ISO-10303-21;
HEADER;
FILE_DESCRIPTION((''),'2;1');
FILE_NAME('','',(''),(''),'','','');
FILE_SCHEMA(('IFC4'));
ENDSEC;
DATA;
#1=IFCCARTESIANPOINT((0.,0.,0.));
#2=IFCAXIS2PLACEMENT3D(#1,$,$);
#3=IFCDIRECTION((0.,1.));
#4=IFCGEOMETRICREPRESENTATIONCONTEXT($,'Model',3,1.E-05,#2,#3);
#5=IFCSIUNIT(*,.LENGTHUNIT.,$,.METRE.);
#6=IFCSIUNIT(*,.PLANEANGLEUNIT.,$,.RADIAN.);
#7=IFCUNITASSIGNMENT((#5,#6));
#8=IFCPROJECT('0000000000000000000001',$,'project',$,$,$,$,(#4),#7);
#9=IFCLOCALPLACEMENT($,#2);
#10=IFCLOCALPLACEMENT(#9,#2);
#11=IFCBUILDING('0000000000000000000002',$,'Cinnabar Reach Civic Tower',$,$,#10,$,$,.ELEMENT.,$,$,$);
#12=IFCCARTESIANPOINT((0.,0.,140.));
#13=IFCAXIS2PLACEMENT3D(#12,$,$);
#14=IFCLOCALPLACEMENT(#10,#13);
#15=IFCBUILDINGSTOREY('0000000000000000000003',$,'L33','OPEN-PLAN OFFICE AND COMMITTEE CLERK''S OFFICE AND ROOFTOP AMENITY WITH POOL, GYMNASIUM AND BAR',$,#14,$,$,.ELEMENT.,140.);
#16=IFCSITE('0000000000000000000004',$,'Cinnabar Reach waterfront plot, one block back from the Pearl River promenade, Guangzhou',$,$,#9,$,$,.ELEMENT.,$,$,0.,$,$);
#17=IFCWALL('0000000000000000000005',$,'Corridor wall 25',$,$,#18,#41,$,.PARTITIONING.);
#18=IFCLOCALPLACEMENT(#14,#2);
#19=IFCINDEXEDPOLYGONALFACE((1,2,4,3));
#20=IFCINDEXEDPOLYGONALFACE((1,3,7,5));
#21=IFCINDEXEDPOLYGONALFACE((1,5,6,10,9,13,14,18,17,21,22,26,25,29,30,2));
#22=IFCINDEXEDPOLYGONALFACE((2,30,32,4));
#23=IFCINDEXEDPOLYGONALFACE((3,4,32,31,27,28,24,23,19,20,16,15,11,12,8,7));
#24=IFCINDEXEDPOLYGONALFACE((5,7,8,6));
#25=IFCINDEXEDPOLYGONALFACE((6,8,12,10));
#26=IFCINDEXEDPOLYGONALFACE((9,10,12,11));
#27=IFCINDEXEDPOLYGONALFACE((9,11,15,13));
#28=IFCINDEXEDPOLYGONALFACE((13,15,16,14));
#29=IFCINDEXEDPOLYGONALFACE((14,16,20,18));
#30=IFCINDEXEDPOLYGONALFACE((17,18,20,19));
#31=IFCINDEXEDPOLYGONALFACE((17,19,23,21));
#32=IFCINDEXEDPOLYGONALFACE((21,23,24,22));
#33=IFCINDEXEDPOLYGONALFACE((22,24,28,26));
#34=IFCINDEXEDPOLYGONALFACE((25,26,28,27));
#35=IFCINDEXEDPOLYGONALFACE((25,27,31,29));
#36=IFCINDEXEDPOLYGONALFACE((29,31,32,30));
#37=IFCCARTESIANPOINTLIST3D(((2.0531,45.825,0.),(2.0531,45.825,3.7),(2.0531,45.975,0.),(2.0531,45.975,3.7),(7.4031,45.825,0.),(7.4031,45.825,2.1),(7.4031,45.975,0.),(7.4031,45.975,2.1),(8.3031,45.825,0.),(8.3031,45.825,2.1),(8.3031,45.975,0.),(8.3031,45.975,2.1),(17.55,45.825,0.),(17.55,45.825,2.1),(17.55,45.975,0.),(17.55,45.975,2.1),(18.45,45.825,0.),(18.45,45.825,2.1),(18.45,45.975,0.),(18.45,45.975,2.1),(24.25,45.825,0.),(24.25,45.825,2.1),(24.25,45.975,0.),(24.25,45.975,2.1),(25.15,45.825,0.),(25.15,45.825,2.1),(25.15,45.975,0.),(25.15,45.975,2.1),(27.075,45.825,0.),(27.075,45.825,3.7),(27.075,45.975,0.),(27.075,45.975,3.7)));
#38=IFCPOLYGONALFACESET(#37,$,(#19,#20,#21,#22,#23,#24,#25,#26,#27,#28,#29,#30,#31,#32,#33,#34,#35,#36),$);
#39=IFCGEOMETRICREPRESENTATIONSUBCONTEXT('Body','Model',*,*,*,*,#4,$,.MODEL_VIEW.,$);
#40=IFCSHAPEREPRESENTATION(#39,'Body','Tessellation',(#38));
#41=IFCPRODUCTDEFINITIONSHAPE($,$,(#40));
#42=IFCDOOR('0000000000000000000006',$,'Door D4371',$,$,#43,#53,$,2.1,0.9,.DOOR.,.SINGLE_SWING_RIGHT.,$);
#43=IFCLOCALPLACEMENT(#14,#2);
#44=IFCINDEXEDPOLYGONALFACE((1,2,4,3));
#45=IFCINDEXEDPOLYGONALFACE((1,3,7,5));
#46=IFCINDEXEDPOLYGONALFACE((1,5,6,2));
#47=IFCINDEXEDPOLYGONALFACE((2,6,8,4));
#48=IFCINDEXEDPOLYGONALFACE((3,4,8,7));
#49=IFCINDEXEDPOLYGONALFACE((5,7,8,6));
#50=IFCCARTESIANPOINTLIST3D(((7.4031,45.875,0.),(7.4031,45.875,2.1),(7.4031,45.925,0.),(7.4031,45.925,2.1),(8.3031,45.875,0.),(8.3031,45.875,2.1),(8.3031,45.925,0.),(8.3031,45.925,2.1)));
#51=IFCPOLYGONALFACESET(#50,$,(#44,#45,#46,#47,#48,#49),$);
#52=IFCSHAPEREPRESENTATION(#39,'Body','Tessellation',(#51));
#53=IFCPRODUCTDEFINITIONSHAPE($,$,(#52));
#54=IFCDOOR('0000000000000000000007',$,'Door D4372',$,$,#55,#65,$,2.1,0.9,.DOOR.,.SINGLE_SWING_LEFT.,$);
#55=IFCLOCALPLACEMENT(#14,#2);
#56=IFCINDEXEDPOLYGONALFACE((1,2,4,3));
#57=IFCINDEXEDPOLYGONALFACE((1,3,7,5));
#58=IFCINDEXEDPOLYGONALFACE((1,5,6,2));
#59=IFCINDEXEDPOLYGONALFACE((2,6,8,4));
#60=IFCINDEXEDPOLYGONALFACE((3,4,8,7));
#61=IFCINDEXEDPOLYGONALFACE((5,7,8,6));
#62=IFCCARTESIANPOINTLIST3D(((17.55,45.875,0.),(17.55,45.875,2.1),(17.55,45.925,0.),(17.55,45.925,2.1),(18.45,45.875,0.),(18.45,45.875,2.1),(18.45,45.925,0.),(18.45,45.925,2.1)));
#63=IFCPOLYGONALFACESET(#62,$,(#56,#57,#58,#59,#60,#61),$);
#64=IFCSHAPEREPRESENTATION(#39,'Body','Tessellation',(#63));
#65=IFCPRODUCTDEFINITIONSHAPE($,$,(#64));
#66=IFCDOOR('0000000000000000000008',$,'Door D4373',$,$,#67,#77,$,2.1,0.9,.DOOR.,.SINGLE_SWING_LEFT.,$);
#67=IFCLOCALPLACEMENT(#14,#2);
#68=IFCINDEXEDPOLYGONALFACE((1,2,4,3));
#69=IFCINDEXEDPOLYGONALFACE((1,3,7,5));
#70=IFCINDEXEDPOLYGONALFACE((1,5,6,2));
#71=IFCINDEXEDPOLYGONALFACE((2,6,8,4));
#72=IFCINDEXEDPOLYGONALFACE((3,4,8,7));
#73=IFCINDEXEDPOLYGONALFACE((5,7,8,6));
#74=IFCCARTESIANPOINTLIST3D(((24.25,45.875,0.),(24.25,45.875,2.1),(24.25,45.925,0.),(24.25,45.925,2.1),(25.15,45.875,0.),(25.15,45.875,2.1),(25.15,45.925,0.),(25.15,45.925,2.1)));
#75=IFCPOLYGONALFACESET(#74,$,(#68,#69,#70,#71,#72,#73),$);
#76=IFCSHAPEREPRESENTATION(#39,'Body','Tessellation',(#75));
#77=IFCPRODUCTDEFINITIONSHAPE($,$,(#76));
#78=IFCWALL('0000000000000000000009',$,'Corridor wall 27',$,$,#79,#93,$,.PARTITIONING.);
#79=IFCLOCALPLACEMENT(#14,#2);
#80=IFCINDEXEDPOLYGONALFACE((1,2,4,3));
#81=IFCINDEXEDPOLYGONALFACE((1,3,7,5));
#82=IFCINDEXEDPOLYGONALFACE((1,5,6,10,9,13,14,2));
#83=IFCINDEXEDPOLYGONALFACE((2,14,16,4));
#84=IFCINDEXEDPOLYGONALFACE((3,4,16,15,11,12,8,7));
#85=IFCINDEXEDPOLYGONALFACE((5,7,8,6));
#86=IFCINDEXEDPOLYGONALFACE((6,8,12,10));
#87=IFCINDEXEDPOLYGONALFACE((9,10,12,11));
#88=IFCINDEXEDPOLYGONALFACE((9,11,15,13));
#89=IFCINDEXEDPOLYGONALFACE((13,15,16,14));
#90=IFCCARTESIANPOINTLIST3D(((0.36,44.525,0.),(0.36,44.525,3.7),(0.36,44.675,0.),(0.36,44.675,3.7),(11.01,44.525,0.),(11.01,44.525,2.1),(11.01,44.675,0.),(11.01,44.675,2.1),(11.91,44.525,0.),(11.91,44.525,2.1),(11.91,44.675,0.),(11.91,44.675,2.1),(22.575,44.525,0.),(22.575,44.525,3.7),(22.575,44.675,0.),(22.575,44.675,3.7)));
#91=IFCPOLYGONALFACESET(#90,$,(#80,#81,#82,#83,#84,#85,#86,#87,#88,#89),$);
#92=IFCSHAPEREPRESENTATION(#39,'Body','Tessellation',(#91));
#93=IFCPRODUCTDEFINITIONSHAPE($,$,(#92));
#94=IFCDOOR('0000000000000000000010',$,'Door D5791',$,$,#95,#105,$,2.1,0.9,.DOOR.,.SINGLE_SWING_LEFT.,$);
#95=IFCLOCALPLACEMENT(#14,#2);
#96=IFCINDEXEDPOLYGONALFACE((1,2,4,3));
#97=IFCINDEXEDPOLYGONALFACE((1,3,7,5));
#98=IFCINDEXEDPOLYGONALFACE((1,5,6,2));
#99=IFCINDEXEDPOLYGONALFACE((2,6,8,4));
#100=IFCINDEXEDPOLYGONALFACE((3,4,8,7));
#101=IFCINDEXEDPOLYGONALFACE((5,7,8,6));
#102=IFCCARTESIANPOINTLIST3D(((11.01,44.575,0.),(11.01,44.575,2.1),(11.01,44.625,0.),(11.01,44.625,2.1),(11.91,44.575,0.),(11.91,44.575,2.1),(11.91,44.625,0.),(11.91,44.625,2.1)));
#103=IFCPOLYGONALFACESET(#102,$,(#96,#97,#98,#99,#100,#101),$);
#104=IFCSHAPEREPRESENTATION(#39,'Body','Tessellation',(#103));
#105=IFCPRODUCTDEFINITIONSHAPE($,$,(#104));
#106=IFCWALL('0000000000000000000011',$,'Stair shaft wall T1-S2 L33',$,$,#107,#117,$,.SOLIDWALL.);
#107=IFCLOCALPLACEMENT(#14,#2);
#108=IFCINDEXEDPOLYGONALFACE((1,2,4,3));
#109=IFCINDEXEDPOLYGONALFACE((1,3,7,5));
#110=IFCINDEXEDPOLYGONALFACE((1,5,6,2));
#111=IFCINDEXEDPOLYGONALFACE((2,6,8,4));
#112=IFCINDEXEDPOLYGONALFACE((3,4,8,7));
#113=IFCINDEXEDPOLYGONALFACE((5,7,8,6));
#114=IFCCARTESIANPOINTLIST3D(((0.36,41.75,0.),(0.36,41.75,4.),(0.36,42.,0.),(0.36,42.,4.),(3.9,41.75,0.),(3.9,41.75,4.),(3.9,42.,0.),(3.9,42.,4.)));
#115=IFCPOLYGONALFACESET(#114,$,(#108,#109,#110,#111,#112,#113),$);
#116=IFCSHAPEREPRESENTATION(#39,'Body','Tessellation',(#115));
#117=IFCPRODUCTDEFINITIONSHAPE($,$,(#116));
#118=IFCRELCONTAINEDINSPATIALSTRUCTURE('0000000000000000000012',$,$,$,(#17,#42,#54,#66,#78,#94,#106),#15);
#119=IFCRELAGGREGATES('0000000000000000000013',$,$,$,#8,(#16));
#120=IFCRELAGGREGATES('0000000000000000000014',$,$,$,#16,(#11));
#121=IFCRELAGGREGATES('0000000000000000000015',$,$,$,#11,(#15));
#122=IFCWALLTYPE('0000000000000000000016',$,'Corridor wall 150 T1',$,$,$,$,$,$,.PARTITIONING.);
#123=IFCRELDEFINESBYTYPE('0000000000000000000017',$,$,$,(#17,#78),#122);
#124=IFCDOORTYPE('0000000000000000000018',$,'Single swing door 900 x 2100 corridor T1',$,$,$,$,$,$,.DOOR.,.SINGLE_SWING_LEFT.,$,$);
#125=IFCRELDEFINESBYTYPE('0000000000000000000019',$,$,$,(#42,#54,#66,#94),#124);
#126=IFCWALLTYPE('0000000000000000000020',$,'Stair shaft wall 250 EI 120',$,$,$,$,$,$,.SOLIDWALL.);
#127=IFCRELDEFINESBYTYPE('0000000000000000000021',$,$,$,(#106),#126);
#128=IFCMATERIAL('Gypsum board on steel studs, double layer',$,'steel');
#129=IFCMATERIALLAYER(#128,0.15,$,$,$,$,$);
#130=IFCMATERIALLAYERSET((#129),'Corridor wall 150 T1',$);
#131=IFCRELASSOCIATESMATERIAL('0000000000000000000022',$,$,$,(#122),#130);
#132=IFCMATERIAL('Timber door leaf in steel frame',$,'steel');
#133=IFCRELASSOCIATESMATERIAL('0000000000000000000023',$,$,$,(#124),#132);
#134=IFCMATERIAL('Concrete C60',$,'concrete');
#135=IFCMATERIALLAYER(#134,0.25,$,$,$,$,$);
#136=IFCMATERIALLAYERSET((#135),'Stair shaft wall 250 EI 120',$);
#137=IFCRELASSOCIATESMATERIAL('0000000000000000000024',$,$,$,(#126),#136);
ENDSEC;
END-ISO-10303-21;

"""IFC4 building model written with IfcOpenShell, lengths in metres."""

from ifc_helpers import new_model, si_unit, direction, frame, frame_2d, origin, place, context, subcontext, project, spatial, rectangle, extrude, material, layer, layer_set, type_object, element, fill, save


model = new_model("IFC4")

# Units and contexts
model_context = context("Model", 3, precision=1e-05, world=origin(), true_north=direction((0.0, 1.0)))
body_context = subcontext(model_context, "Body", "Model", "MODEL_VIEW")
ifc_project = project(units=[si_unit("LENGTHUNIT", "METRE"), si_unit("PLANEANGLEUNIT", "RADIAN")], contexts=[model_context])

# Site, building, storey
site_placement = place(None, origin())
site = spatial("IfcSite", under=ifc_project, at=site_placement, Name="Cinnabar Reach waterfront plot, one block back from the Pearl River promenade, Guangzhou", CompositionType="ELEMENT", RefElevation=0.0)
building_placement = place(site_placement, origin())
building = spatial("IfcBuilding", under=site, at=building_placement, Name="Cinnabar Reach Civic Tower", CompositionType="ELEMENT")
storey_placement = place(building_placement, frame((0.0, 0.0, 140.0)))
storey = spatial("IfcBuildingStorey", under=building, at=storey_placement, Name="L33", Description="OPEN-PLAN OFFICE AND COMMITTEE CLERK'S OFFICE AND ROOFTOP AMENITY WITH POOL, GYMNASIUM AND BAR", CompositionType="ELEMENT", Elevation=140.0)

# Shared definitions
ifc_material_1 = material(Name="Timber door leaf in steel frame", Category="steel")

# Wall, openings, doors
ifc_material_2 = material(Name="Gypsum board on steel studs, double layer", Category="steel")
ifc_layer_1 = layer(ifc_material_2, 0.15)
ifc_layer_set_1 = layer_set([ifc_layer_1], Name="Corridor wall 150 T1")
wall_type_1 = type_object("IfcWallType", Name="Corridor wall 150 T1", PredefinedType="PARTITIONING", material=ifc_layer_set_1)
wall_1_placement = place(storey_placement, frame((2.0531, 45.9, 0.0), z_axis=(0.0, 0.0, 1.0), x_axis=(1.0, 0.0, 0.0)))
wall_1 = element("IfcWall", 1, at=wall_1_placement, inside=storey, type_object=wall_type_1, Name="Corridor wall 25", PredefinedType="PARTITIONING", context=body_context, shape_type="SweptSolid", body=[
    extrude(rectangle(XDim=25.0219, YDim=0.15, at=frame_2d((12.5109, 0.0))), origin(), (0.0, 0.0, 1.0), 3.7),
])
opening_1_placement = place(wall_1_placement, frame((5.35, 0.0, 0.0)))
opening_1 = element("IfcOpeningElement", 2, at=opening_1_placement, cuts=wall_1, PredefinedType="OPENING", context=body_context, shape_type="SweptSolid", body=[
    extrude(rectangle(XDim=0.9, YDim=2.1, at=frame_2d((0.45, 1.05))), frame((0.0, 0.085, 0.0), z_axis=(0.0, -1.0, 0.0), x_axis=(1.0, 0.0, 0.0)), (0.0, 0.0, 1.0), 0.17),
])
opening_2_placement = place(wall_1_placement, frame((15.4969, 0.0, 0.0)))
opening_2 = element("IfcOpeningElement", 3, at=opening_2_placement, cuts=wall_1, PredefinedType="OPENING", context=body_context, shape_type="SweptSolid", body=[
    extrude(rectangle(XDim=0.9, YDim=2.1, at=frame_2d((0.45, 1.05))), frame((0.0, 0.085, 0.0), z_axis=(0.0, -1.0, 0.0), x_axis=(1.0, 0.0, 0.0)), (0.0, 0.0, 1.0), 0.17),
])
opening_3_placement = place(wall_1_placement, frame((22.1969, 0.0, 0.0)))
opening_3 = element("IfcOpeningElement", 4, at=opening_3_placement, cuts=wall_1, PredefinedType="OPENING", context=body_context, shape_type="SweptSolid", body=[
    extrude(rectangle(XDim=0.9, YDim=2.1, at=frame_2d((0.45, 1.05))), frame((0.0, 0.085, 0.0), z_axis=(0.0, -1.0, 0.0), x_axis=(1.0, 0.0, 0.0)), (0.0, 0.0, 1.0), 0.17),
])
door_type_1 = type_object("IfcDoorType", Name="Single swing door 900 x 2100 corridor T1", OperationType="SINGLE_SWING_LEFT", PredefinedType="DOOR", material=ifc_material_1)
door_1_placement = place(opening_1_placement, origin())
door_1 = element("IfcDoor", 5, at=door_1_placement, inside=storey, type_object=door_type_1, Name="Door D4371", OperationType="SINGLE_SWING_RIGHT", OverallHeight=2.1, OverallWidth=0.9, PredefinedType="DOOR", context=body_context, shape_type="SweptSolid", body=[
    extrude(rectangle(XDim=0.9, YDim=2.1, at=frame_2d((0.45, 1.05))), frame((0.0, 0.025, 0.0), z_axis=(0.0, -1.0, 0.0), x_axis=(1.0, 0.0, 0.0)), (0.0, 0.0, 1.0), 0.05),
])
fill(opening_1, door_1)
door_2_placement = place(opening_2_placement, origin())
door_2 = element("IfcDoor", 6, at=door_2_placement, inside=storey, type_object=door_type_1, Name="Door D4372", OperationType="SINGLE_SWING_LEFT", OverallHeight=2.1, OverallWidth=0.9, PredefinedType="DOOR", context=body_context, shape_type="SweptSolid", body=[
    extrude(rectangle(XDim=0.9, YDim=2.1, at=frame_2d((0.45, 1.05))), frame((0.0, 0.025, 0.0), z_axis=(0.0, -1.0, 0.0), x_axis=(1.0, 0.0, 0.0)), (0.0, 0.0, 1.0), 0.05),
])
fill(opening_2, door_2)
door_3_placement = place(opening_3_placement, origin())
door_3 = element("IfcDoor", 7, at=door_3_placement, inside=storey, type_object=door_type_1, Name="Door D4373", OperationType="SINGLE_SWING_LEFT", OverallHeight=2.1, OverallWidth=0.9, PredefinedType="DOOR", context=body_context, shape_type="SweptSolid", body=[
    extrude(rectangle(XDim=0.9, YDim=2.1, at=frame_2d((0.45, 1.05))), frame((0.0, 0.025, 0.0), z_axis=(0.0, -1.0, 0.0), x_axis=(1.0, 0.0, 0.0)), (0.0, 0.0, 1.0), 0.05),
])
fill(opening_3, door_3)

# Wall, opening, door
wall_2_placement = place(storey_placement, frame((0.36, 44.6, 0.0), z_axis=(0.0, 0.0, 1.0), x_axis=(1.0, 0.0, 0.0)))
wall_2 = element("IfcWall", 8, at=wall_2_placement, inside=storey, type_object=wall_type_1, Name="Corridor wall 27", PredefinedType="PARTITIONING", context=body_context, shape_type="SweptSolid", body=[
    extrude(rectangle(XDim=22.215, YDim=0.15, at=frame_2d((11.1075, 0.0))), origin(), (0.0, 0.0, 1.0), 3.7),
])
opening_4_placement = place(wall_2_placement, frame((10.65, 0.0, 0.0)))
opening_4 = element("IfcOpeningElement", 9, at=opening_4_placement, cuts=wall_2, PredefinedType="OPENING", context=body_context, shape_type="SweptSolid", body=[
    extrude(rectangle(XDim=0.9, YDim=2.1, at=frame_2d((0.45, 1.05))), frame((0.0, 0.085, 0.0), z_axis=(0.0, -1.0, 0.0), x_axis=(1.0, 0.0, 0.0)), (0.0, 0.0, 1.0), 0.17),
])
door_4_placement = place(opening_4_placement, frame((0.9, 0.0, 0.0), z_axis=(0.0, 0.0, 1.0), x_axis=(-1.0, 0.0, 0.0)))
door_4 = element("IfcDoor", 10, at=door_4_placement, inside=storey, type_object=door_type_1, Name="Door D5791", OperationType="SINGLE_SWING_LEFT", OverallHeight=2.1, OverallWidth=0.9, PredefinedType="DOOR", context=body_context, shape_type="SweptSolid", body=[
    extrude(rectangle(XDim=0.9, YDim=2.1, at=frame_2d((0.45, 1.05))), frame((0.0, 0.025, 0.0), z_axis=(0.0, -1.0, 0.0), x_axis=(1.0, 0.0, 0.0)), (0.0, 0.0, 1.0), 0.05),
])
fill(opening_4, door_4)

# Wall
ifc_material_3 = material(Name="Concrete C60", Category="concrete")
ifc_layer_2 = layer(ifc_material_3, 0.25)
ifc_layer_set_2 = layer_set([ifc_layer_2], Name="Stair shaft wall 250 EI 120")
wall_type_2 = type_object("IfcWallType", Name="Stair shaft wall 250 EI 120", PredefinedType="SOLIDWALL", material=ifc_layer_set_2)
wall_3_placement = place(storey_placement, frame((3.9, 41.875, 0.0), z_axis=(0.0, 0.0, 1.0), x_axis=(-1.0, 0.0, 0.0)))
element("IfcWall", 11, at=wall_3_placement, inside=storey, type_object=wall_type_2, Name="Stair shaft wall T1-S2 L33", PredefinedType="SOLIDWALL", context=body_context, shape_type="SweptSolid", body=[
    extrude(rectangle(XDim=3.54, YDim=0.25, at=frame_2d((1.77, 0.0))), origin(), (0.0, 0.0, 1.0), 4.0),
])

save(model, "model.ifc")
